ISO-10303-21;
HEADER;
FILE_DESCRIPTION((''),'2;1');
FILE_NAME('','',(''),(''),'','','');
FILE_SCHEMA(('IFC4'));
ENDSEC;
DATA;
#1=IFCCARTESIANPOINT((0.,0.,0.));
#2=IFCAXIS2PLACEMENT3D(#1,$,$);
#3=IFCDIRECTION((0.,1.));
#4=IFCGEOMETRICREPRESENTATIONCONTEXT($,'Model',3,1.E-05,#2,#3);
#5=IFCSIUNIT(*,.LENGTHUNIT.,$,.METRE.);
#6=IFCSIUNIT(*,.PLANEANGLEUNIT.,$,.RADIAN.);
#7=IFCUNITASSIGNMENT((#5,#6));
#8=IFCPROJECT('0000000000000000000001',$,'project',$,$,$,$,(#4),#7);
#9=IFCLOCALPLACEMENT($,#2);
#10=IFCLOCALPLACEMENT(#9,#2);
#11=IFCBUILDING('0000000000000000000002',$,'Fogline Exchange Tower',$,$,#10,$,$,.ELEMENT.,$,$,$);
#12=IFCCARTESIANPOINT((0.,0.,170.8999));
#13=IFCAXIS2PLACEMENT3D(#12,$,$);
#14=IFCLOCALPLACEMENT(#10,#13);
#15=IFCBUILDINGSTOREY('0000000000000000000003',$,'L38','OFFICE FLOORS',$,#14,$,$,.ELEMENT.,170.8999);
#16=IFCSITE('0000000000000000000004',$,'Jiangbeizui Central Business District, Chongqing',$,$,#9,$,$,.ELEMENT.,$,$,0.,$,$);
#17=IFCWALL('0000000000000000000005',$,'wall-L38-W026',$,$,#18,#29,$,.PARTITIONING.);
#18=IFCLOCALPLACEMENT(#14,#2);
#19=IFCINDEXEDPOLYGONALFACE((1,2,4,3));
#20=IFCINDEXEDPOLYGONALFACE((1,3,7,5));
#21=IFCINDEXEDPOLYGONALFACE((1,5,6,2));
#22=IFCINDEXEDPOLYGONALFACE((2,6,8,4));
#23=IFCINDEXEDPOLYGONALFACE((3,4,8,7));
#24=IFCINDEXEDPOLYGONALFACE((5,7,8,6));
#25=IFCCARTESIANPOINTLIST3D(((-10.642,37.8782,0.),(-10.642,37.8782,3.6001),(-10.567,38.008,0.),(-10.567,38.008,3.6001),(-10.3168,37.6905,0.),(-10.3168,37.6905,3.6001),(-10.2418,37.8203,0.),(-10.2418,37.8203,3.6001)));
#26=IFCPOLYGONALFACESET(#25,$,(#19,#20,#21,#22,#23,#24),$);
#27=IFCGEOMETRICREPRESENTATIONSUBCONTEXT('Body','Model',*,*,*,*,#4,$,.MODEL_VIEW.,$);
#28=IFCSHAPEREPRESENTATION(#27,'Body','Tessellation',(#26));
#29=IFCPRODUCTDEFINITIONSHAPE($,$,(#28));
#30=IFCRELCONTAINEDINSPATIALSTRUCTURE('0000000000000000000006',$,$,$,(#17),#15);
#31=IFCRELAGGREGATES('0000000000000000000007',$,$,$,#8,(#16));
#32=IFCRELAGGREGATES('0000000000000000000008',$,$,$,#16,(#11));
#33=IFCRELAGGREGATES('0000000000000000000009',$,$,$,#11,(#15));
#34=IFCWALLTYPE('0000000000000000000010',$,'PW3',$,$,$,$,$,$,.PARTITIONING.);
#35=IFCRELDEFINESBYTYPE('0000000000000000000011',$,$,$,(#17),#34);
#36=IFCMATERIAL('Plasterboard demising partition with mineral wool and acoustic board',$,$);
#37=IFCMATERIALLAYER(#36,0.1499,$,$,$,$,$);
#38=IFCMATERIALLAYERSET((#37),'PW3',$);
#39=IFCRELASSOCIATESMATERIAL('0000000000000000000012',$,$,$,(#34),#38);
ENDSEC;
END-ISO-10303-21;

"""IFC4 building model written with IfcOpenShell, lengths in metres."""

from ifc_helpers import new_model, si_unit, direction, frame, frame_2d, origin, place, context, subcontext, project, spatial, rectangle, extrude, material, layer, layer_set, type_object, element, save


model = new_model("IFC4")

# Units and contexts
model_context = context("Model", 3, precision=1e-05, world=origin(), true_north=direction((0.0, 1.0)))
body_context = subcontext(model_context, "Body", "Model", "MODEL_VIEW")
ifc_project = project(units=[si_unit("LENGTHUNIT", "METRE"), si_unit("PLANEANGLEUNIT", "RADIAN")], contexts=[model_context])

# Site, building, storey
site_placement = place(None, origin())
site = spatial("IfcSite", under=ifc_project, at=site_placement, Name="Jiangbeizui Central Business District, Chongqing", CompositionType="ELEMENT", RefElevation=0.0)
building_placement = place(site_placement, origin())
building = spatial("IfcBuilding", under=site, at=building_placement, Name="Fogline Exchange Tower", CompositionType="ELEMENT")
storey_placement = place(building_placement, frame((0.0, 0.0, 170.8999)))
storey = spatial("IfcBuildingStorey", under=building, at=storey_placement, Name="L38", Description="OFFICE FLOORS", CompositionType="ELEMENT", Elevation=170.8999)

# Wall
ifc_material_1 = material(Name="Plasterboard demising partition with mineral wool and acoustic board")
ifc_layer_1 = layer(ifc_material_1, 0.1499)
ifc_layer_set_1 = layer_set([ifc_layer_1], Name="PW3")
wall_type_1 = type_object("IfcWallType", Name="PW3", PredefinedType="PARTITIONING", material=ifc_layer_set_1)
wall_1_placement = place(storey_placement, frame((-10.2793, 37.7554, 0.0), z_axis=(0.0, 0.0, 1.0), x_axis=(-0.866034, 0.499985, 0.0)))
element("IfcWall", 1, at=wall_1_placement, inside=storey, type_object=wall_type_1, Name="wall-L38-W026", PredefinedType="PARTITIONING", context=body_context, shape_type="SweptSolid", body=[
    extrude(rectangle(XDim=0.3755, YDim=0.1499, at=frame_2d((0.1877, 0.0))), origin(), (0.0, 0.0, 1.0), 3.6001),
])

save(model, "model.ifc")
